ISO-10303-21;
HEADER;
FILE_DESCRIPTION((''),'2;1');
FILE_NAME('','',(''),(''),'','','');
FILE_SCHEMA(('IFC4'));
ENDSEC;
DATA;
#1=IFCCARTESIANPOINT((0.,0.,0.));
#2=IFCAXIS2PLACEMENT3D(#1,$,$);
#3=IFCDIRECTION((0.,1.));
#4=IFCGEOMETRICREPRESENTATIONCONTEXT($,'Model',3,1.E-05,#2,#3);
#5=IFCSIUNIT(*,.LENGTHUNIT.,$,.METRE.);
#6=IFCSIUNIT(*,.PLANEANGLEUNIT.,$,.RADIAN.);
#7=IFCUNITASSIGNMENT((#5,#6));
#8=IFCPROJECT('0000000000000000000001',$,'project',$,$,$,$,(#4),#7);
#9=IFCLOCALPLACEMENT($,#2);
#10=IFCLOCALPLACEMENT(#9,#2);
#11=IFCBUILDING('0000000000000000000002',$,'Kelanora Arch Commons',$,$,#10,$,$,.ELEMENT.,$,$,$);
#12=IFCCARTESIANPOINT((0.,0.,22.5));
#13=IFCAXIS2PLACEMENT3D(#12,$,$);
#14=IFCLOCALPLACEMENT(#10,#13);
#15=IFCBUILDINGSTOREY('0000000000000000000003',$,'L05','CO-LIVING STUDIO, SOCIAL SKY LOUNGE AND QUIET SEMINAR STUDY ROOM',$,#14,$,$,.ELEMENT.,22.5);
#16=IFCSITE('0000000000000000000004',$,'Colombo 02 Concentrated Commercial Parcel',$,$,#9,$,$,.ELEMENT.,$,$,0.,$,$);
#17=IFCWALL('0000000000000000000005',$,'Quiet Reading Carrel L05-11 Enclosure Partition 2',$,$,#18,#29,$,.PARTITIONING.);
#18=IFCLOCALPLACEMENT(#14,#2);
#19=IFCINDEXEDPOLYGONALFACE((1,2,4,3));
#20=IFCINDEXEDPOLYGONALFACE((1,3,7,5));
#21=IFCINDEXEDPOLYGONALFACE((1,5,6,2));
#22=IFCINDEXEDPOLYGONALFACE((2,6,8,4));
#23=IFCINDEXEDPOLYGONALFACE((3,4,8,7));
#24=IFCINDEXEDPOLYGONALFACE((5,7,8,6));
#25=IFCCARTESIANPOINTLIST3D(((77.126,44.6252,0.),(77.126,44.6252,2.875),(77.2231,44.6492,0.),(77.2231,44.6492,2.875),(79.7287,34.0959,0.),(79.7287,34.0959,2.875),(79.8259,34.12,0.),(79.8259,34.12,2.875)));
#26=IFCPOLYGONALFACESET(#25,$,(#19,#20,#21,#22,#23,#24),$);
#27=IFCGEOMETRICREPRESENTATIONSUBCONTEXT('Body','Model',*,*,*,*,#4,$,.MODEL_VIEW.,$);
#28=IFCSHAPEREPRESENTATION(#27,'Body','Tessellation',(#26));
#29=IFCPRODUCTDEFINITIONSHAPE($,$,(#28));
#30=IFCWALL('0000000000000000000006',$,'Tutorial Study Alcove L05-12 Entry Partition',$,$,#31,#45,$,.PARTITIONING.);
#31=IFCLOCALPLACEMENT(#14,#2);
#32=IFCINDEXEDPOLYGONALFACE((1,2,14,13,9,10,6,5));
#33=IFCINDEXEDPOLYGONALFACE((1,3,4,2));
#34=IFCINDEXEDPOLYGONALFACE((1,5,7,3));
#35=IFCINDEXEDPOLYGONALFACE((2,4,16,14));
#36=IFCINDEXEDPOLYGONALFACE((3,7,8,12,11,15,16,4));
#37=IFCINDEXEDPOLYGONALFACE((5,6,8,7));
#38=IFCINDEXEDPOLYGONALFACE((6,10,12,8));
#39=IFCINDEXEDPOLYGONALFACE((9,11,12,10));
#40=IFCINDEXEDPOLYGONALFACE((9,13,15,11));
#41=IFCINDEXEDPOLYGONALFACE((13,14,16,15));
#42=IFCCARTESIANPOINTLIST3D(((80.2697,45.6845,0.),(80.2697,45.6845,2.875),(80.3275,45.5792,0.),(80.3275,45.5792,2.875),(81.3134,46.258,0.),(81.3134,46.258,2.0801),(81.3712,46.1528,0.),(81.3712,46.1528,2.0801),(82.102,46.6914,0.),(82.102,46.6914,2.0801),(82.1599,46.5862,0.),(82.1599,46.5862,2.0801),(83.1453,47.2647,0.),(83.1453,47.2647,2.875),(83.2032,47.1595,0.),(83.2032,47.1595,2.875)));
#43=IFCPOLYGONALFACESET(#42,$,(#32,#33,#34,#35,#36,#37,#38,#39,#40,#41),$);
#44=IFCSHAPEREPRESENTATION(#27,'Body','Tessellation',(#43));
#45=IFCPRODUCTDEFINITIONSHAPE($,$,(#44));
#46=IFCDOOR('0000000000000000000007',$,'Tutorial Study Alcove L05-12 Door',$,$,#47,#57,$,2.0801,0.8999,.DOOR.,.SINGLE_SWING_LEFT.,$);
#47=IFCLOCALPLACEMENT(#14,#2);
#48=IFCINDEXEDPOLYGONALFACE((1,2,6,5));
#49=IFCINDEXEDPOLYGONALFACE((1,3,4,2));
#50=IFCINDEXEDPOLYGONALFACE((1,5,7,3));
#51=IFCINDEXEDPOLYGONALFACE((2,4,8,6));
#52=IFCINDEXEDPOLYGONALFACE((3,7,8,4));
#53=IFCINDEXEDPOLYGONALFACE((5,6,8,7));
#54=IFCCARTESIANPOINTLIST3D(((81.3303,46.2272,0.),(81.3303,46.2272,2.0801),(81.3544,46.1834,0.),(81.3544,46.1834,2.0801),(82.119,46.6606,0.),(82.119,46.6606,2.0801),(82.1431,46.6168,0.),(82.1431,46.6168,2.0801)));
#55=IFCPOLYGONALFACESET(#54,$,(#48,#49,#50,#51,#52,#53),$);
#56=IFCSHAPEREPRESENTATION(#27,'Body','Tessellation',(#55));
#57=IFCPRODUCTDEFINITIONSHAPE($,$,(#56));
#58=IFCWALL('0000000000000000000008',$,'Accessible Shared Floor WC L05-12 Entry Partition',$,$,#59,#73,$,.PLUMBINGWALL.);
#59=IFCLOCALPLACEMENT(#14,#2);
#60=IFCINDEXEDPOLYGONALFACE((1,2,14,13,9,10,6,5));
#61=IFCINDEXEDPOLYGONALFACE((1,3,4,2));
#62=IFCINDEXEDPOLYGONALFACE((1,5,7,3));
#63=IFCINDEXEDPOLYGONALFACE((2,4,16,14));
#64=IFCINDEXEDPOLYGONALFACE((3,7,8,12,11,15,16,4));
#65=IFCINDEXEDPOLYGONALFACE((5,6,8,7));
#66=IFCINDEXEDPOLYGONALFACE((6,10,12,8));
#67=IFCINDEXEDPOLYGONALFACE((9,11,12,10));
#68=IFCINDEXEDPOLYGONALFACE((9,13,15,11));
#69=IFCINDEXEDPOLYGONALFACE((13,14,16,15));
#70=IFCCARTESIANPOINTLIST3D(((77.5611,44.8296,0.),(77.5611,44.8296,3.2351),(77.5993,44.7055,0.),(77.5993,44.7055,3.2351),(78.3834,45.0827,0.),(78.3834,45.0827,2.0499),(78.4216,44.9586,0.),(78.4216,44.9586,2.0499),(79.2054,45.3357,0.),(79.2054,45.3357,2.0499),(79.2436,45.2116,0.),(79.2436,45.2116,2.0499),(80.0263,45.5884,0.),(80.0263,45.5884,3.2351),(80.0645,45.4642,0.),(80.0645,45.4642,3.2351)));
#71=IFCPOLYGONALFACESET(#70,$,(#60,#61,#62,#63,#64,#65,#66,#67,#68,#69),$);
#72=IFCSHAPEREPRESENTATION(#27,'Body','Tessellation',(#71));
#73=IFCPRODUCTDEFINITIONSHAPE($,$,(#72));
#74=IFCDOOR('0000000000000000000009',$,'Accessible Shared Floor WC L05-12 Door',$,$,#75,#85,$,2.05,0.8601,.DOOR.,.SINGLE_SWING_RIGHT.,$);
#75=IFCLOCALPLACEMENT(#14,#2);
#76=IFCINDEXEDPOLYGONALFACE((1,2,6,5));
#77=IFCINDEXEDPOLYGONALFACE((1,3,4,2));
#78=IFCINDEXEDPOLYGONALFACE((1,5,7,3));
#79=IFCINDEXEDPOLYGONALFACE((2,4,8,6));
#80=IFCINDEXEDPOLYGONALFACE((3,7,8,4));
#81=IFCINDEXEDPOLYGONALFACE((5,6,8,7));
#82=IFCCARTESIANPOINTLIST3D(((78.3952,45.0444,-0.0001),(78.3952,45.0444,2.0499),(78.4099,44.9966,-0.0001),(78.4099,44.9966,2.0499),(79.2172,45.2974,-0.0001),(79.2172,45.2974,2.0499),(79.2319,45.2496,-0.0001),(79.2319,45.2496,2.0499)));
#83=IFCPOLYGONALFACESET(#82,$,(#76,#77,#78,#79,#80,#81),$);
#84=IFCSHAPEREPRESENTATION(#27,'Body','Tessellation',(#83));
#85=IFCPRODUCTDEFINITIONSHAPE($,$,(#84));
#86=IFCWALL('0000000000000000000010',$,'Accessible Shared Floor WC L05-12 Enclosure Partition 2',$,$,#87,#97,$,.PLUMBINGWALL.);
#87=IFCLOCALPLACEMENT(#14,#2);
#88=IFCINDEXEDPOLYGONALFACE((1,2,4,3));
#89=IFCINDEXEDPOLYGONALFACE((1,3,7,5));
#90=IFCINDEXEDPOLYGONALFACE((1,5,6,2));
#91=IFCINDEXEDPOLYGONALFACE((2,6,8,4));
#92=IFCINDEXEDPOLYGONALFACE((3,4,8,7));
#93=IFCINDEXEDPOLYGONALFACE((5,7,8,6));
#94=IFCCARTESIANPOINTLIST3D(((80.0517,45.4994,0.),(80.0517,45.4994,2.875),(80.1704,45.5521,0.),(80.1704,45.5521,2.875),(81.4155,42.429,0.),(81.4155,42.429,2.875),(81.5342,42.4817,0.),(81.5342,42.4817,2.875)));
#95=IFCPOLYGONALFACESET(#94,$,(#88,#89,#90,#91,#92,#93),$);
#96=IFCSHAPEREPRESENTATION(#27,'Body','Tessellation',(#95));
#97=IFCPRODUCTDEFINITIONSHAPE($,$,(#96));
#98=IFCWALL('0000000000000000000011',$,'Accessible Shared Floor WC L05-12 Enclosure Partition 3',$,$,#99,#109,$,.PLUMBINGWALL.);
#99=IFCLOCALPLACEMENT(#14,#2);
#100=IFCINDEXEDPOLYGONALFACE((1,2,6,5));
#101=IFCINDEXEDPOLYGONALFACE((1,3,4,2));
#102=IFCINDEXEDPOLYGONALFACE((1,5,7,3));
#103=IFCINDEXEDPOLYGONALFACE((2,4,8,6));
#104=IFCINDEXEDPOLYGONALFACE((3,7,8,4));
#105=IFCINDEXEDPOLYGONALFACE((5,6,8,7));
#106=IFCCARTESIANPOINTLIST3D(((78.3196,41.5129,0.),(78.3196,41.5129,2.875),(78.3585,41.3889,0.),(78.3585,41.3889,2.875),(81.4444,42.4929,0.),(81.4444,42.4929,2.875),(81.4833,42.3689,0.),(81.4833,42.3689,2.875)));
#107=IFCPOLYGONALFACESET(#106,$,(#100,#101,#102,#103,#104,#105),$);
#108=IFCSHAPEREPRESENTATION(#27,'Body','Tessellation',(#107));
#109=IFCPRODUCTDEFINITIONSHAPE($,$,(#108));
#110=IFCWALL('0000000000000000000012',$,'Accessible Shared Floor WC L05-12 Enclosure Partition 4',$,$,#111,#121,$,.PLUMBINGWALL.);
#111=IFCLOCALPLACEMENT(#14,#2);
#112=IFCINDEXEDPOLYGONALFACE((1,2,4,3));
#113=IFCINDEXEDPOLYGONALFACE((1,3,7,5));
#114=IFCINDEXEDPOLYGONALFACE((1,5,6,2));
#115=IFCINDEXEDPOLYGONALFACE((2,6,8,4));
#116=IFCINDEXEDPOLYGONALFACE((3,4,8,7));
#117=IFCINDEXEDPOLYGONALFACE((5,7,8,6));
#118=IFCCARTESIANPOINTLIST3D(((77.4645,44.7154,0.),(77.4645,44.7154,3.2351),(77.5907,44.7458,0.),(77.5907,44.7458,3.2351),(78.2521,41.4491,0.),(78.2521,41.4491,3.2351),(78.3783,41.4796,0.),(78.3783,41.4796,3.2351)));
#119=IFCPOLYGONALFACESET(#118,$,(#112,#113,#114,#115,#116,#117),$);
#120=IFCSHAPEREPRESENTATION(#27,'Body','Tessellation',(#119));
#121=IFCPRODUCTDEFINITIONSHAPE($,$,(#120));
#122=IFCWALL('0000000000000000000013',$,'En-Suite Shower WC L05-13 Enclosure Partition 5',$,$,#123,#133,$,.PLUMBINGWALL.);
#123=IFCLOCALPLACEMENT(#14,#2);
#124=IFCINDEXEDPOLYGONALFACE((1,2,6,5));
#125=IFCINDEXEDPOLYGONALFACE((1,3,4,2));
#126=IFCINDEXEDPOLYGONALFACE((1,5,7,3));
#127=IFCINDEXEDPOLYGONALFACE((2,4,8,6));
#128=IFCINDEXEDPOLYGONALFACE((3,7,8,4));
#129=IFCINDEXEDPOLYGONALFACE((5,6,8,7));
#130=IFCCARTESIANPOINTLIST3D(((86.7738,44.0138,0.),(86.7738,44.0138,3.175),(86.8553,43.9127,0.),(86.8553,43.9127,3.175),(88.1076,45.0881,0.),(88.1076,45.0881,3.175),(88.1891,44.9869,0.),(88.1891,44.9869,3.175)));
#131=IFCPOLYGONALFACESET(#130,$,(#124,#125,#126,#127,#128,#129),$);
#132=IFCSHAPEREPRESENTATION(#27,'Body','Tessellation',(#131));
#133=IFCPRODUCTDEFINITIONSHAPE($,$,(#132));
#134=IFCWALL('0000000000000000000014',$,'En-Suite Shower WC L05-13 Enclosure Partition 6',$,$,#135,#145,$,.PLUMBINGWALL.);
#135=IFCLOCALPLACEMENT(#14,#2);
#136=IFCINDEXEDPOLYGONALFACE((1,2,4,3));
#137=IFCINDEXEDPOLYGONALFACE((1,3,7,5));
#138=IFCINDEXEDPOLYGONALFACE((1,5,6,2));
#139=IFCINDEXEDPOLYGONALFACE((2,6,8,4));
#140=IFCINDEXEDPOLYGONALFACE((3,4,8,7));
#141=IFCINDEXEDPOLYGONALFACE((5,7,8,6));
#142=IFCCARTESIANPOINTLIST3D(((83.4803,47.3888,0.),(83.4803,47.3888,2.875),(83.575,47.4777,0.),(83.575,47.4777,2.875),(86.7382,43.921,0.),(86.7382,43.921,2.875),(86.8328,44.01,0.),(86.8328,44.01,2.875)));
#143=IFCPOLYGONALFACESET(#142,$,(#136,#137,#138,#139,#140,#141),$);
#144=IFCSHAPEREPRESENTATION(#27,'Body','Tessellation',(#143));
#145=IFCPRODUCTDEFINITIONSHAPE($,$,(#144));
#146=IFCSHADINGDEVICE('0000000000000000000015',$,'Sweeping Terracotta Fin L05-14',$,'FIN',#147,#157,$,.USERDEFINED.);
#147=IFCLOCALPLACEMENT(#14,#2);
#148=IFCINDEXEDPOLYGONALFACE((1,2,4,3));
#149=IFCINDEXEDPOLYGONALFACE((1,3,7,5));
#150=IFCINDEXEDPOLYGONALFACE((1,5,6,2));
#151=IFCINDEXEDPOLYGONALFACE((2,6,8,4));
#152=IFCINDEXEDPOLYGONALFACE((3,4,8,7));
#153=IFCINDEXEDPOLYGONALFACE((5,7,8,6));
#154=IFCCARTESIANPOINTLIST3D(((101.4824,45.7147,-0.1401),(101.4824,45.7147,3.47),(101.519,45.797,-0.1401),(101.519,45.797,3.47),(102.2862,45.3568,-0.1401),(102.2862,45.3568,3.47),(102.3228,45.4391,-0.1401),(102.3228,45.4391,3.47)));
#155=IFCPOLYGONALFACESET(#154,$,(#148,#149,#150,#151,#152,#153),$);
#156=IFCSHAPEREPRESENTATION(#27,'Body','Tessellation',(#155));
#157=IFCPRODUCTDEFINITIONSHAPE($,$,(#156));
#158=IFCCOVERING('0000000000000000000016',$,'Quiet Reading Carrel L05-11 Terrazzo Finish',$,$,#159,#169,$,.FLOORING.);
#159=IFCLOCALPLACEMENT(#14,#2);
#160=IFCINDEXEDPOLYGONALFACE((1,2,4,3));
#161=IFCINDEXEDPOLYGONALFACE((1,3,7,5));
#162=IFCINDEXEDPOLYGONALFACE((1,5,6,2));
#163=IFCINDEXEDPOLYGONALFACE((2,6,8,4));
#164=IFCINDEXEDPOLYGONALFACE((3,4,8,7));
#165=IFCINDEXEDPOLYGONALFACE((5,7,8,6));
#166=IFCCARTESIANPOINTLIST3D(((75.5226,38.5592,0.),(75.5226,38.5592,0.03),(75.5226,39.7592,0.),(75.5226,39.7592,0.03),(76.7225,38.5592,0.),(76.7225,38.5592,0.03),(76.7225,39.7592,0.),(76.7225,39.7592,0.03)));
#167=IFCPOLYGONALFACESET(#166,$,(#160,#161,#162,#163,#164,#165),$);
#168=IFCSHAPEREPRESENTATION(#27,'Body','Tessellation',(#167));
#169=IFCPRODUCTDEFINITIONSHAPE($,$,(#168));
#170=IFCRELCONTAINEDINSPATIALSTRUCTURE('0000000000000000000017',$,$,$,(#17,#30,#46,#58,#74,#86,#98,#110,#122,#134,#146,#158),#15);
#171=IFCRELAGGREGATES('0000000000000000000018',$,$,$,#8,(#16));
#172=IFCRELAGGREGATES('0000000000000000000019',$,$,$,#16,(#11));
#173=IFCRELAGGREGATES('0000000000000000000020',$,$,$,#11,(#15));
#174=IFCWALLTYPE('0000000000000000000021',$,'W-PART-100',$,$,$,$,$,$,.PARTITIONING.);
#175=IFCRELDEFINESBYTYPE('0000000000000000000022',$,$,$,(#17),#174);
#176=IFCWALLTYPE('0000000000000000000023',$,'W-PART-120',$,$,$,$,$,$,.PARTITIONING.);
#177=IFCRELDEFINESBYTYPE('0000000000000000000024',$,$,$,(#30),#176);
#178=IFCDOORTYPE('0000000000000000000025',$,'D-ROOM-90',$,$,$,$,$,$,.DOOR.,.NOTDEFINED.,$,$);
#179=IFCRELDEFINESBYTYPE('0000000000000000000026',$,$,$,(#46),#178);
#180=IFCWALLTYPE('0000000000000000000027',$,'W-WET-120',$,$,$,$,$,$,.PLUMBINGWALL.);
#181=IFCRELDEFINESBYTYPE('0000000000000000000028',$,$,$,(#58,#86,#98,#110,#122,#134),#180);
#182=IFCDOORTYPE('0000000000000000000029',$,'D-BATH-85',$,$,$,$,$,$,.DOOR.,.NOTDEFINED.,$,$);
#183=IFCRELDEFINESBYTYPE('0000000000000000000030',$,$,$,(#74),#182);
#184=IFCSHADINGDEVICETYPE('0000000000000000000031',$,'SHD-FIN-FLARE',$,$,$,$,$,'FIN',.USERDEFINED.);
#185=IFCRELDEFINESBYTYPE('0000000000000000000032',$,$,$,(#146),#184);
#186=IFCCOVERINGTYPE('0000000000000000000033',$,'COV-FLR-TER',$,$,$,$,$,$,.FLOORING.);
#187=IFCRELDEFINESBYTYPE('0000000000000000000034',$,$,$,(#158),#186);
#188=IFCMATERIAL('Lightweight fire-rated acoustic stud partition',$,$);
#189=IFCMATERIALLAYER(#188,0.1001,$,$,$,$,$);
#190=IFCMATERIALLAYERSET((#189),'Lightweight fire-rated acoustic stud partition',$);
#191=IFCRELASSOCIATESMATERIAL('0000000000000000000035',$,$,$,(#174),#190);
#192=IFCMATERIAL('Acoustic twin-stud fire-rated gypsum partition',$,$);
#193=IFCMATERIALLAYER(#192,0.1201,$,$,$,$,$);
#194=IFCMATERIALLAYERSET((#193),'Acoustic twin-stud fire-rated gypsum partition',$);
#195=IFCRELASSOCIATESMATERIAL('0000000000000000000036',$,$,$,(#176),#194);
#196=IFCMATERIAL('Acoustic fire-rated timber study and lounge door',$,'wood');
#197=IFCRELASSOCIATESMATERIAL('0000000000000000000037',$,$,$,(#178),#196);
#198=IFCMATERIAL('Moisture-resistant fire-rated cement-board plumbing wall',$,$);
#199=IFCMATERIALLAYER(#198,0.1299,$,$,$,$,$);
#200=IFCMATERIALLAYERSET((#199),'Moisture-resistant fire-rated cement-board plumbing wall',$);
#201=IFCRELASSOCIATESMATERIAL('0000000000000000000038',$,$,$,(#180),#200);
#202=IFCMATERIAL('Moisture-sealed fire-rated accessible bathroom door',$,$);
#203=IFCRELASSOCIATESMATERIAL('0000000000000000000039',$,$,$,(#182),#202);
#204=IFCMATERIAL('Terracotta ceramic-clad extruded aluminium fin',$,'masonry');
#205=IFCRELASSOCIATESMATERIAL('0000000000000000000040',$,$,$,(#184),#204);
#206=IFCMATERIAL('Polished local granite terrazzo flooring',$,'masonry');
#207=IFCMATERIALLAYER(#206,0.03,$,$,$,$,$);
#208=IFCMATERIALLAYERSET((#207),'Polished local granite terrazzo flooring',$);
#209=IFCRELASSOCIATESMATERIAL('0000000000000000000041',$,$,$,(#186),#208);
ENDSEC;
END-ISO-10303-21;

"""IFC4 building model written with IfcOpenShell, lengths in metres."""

from ifc_helpers import new_model, si_unit, direction, frame, frame_2d, origin, origin_2d, place, context, subcontext, project, spatial, rectangle, extrude, source, transform, mapped, material, layer, layer_set, type_object, element, fill, save


model = new_model("IFC4")

# Units and contexts
model_context = context("Model", 3, precision=1e-05, world=origin(), true_north=direction((0.0, 1.0)))
body_context = subcontext(model_context, "Body", "Model", "MODEL_VIEW")
ifc_project = project(units=[si_unit("LENGTHUNIT", "METRE"), si_unit("PLANEANGLEUNIT", "RADIAN")], contexts=[model_context])

# Site, building, storey
site_placement = place(None, origin())
site = spatial("IfcSite", under=ifc_project, at=site_placement, Name="Colombo 02 Concentrated Commercial Parcel", CompositionType="ELEMENT", RefElevation=0.0)
building_placement = place(site_placement, origin())
building = spatial("IfcBuilding", under=site, at=building_placement, Name="Kelanora Arch Commons", CompositionType="ELEMENT")
storey_placement = place(building_placement, frame((0.0, 0.0, 22.5)))
storey = spatial("IfcBuildingStorey", under=building, at=storey_placement, Name="L05", Description="CO-LIVING STUDIO, SOCIAL SKY LOUNGE AND QUIET SEMINAR STUDY ROOM", CompositionType="ELEMENT", Elevation=22.5)

# Wall
ifc_material_1 = material(Name="Lightweight fire-rated acoustic stud partition")
ifc_layer_1 = layer(ifc_material_1, 0.1001)
ifc_layer_set_1 = layer_set([ifc_layer_1], Name="Lightweight fire-rated acoustic stud partition")
wall_type_1 = type_object("IfcWallType", Name="W-PART-100", PredefinedType="PARTITIONING", material=ifc_layer_set_1)
wall_1_placement = place(storey_placement, frame((77.1746, 44.6372, 0.0), z_axis=(0.0, 0.0, 1.0), x_axis=(0.239971, -0.97078, 0.0)))
element("IfcWall", 1, at=wall_1_placement, inside=storey, type_object=wall_type_1, Name="Quiet Reading Carrel L05-11 Enclosure Partition 2", PredefinedType="PARTITIONING", context=body_context, shape_type="SweptSolid", body=[
    extrude(rectangle(XDim=10.8462, YDim=0.1001, at=frame_2d((5.4231, 0.0))), origin(), (0.0, 0.0, 1.0), 2.875),
])

# Walls, openings, doors
ifc_material_2 = material(Name="Acoustic twin-stud fire-rated gypsum partition")
ifc_layer_2 = layer(ifc_material_2, 0.1201)
ifc_layer_set_2 = layer_set([ifc_layer_2], Name="Acoustic twin-stud fire-rated gypsum partition")
wall_type_2 = type_object("IfcWallType", Name="W-PART-120", PredefinedType="PARTITIONING", material=ifc_layer_set_2)
wall_2_placement = place(storey_placement, frame((80.2986, 45.6318, 0.0), z_axis=(0.0, 0.0, 1.0), x_axis=(0.876387, 0.481607, 0.0)))
wall_2 = element("IfcWall", 2, at=wall_2_placement, inside=storey, type_object=wall_type_2, Name="Tutorial Study Alcove L05-12 Entry Partition", PredefinedType="PARTITIONING", context=body_context, shape_type="SweptSolid", body=[
    extrude(rectangle(XDim=3.2812, YDim=0.1201, at=frame_2d((1.6406, 0.0))), origin(), (0.0, 0.0, 1.0), 2.875),
])
opening_1_placement = place(wall_2_placement, frame((1.1909, 0.0, 0.0)))
opening_1 = element("IfcOpeningElement", 3, at=opening_1_placement, cuts=wall_2, PredefinedType="OPENING", context=body_context, shape_type="SweptSolid", body=[
    extrude(rectangle(XDim=0.8999, YDim=2.0801, at=frame_2d((0.45, 1.04))), frame((0.0, 0.0701, 0.0), z_axis=(0.0, -1.0, 0.0), x_axis=(1.0, 0.0, 0.0)), (0.0, 0.0, 1.0), 0.1401),
])
ifc_material_3 = material(Name="Acoustic fire-rated timber study and lounge door", Category="wood")
door_type_1 = type_object("IfcDoorType", Name="D-ROOM-90", OperationType="NOTDEFINED", PredefinedType="DOOR", material=ifc_material_3)
door_1_placement = place(opening_1_placement, origin())
door_1 = element("IfcDoor", 4, at=door_1_placement, inside=storey, type_object=door_type_1, Name="Tutorial Study Alcove L05-12 Door", OperationType="SINGLE_SWING_LEFT", OverallHeight=2.0801, OverallWidth=0.8999, PredefinedType="DOOR", context=body_context, shape_type="SweptSolid", body=[
    extrude(rectangle(XDim=0.8999, YDim=2.0801, at=frame_2d((0.45, 1.04))), frame((0.0, 0.0249, 0.0), z_axis=(0.0, -1.0, 0.0), x_axis=(1.0, 0.0, 0.0)), (0.0, 0.0, 1.0), 0.05),
])
fill(opening_1, door_1)
ifc_material_4 = material(Name="Moisture-resistant fire-rated cement-board plumbing wall")
ifc_layer_3 = layer(ifc_material_4, 0.1299)
ifc_layer_set_3 = layer_set([ifc_layer_3], Name="Moisture-resistant fire-rated cement-board plumbing wall")
wall_type_3 = type_object("IfcWallType", Name="W-WET-120", PredefinedType="PLUMBINGWALL", material=ifc_layer_set_3)
wall_3_placement = place(storey_placement, frame((77.5803, 44.7676, 0.0), z_axis=(0.0, 0.0, 1.0), x_axis=(0.955754, 0.294166, 0.0)))
wall_3 = element("IfcWall", 5, at=wall_3_placement, inside=storey, type_object=wall_type_3, Name="Accessible Shared Floor WC L05-12 Entry Partition", PredefinedType="PLUMBINGWALL", context=body_context, shape_type="SweptSolid", body=[
    extrude(rectangle(XDim=2.5793, YDim=0.1299, at=frame_2d((1.2896, 0.0))), origin(), (0.0, 0.0, 1.0), 3.2351),
])
opening_2_placement = place(wall_3_placement, frame((0.8601, 0.0, 0.0)))
opening_2 = element("IfcOpeningElement", 6, at=opening_2_placement, cuts=wall_3, PredefinedType="OPENING", context=body_context, shape_type="SweptSolid", body=[
    extrude(rectangle(XDim=0.8601, YDim=2.05, at=frame_2d((0.4302, 1.0249))), frame((0.0, 0.075, 0.0), z_axis=(0.0, -1.0, 0.0), x_axis=(1.0, 0.0, 0.0)), (0.0, 0.0, 1.0), 0.1499),
])
ifc_material_5 = material(Name="Moisture-sealed fire-rated accessible bathroom door")
door_type_2 = type_object("IfcDoorType", Name="D-BATH-85", OperationType="NOTDEFINED", PredefinedType="DOOR", material=ifc_material_5)
door_2_placement = place(opening_2_placement, origin())
door_2 = element("IfcDoor", 7, at=door_2_placement, inside=storey, type_object=door_type_2, Name="Accessible Shared Floor WC L05-12 Door", OperationType="SINGLE_SWING_RIGHT", OverallHeight=2.05, OverallWidth=0.8601, PredefinedType="DOOR", context=body_context, shape_type="SweptSolid", body=[
    extrude(rectangle(XDim=0.8601, YDim=2.05, at=frame_2d((0.4302, 1.0249))), frame((0.0, 0.0249, 0.0), z_axis=(0.0, -1.0, 0.0), x_axis=(1.0, 0.0, 0.0)), (0.0, 0.0, 1.0), 0.05),
])
fill(opening_2, door_2)

# Walls
wall_4_placement = place(storey_placement, frame((80.1111, 45.5256, 0.0), z_axis=(0.0, 0.0, 1.0), x_axis=(0.405936, -0.913901, 0.0)))
element("IfcWall", 8, at=wall_4_placement, inside=storey, type_object=wall_type_3, Name="Accessible Shared Floor WC L05-12 Enclosure Partition 2", PredefinedType="PLUMBINGWALL", context=body_context, shape_type="SweptSolid", body=[
    extrude(rectangle(XDim=3.3596, YDim=0.1299, at=frame_2d((1.6797, 0.0))), origin(), (0.0, 0.0, 1.0), 2.875),
])
wall_5_placement = place(storey_placement, frame((81.4639, 42.4309, 0.0), z_axis=(0.0, 0.0, 1.0), x_axis=(-0.954176, -0.299247, 0.0)))
element("IfcWall", 9, at=wall_5_placement, inside=storey, type_object=wall_type_3, Name="Accessible Shared Floor WC L05-12 Enclosure Partition 3", PredefinedType="PLUMBINGWALL", context=body_context, shape_type="SweptSolid", body=[
    extrude(rectangle(XDim=3.2749, YDim=0.1299, at=frame_2d((1.6375, 0.0))), origin(), (0.0, 0.0, 1.0), 2.875),
])
wall_6_placement = place(storey_placement, frame((78.3152, 41.4644, 0.0), z_axis=(0.0, 0.0, 1.0), x_axis=(-0.234406, 0.972139, 0.0)))
element("IfcWall", 10, at=wall_6_placement, inside=storey, type_object=wall_type_3, Name="Accessible Shared Floor WC L05-12 Enclosure Partition 4", PredefinedType="PLUMBINGWALL", context=body_context, shape_type="SweptSolid", body=[
    extrude(rectangle(XDim=3.3599, YDim=0.1299, at=frame_2d((1.6799, 0.0))), origin(), (0.0, 0.0, 1.0), 3.2351),
])
wall_7_placement = place(storey_placement, frame((88.1484, 45.0376, 0.0), z_axis=(0.0, 0.0, 1.0), x_axis=(-0.778806, -0.627265, 0.0)))
element("IfcWall", 11, at=wall_7_placement, inside=storey, type_object=wall_type_3, Name="En-Suite Shower WC L05-13 Enclosure Partition 5", PredefinedType="PLUMBINGWALL", context=body_context, shape_type="SweptSolid", body=[
    extrude(rectangle(XDim=1.7126, YDim=0.1299, at=frame_2d((0.8564, 0.0))), origin(), (0.0, 0.0, 1.0), 3.175),
])
wall_8_placement = place(storey_placement, frame((86.7854, 43.9656, 0.0), z_axis=(0.0, 0.0, 1.0), x_axis=(-0.684699, 0.728826, 0.0)))
element("IfcWall", 12, at=wall_8_placement, inside=storey, type_object=wall_type_3, Name="En-Suite Shower WC L05-13 Enclosure Partition 6", PredefinedType="PLUMBINGWALL", context=body_context, shape_type="SweptSolid", body=[
    extrude(rectangle(XDim=4.7581, YDim=0.1299, at=frame_2d((2.3789, 0.0))), origin(), (0.0, 0.0, 1.0), 2.875),
])

# Shading device
ifc_material_6 = material(Name="Terracotta ceramic-clad extruded aluminium fin", Category="masonry")
shading_device_type = type_object("IfcShadingDeviceType", Name="SHD-FIN-FLARE", ElementType="FIN", PredefinedType="USERDEFINED", material=ifc_material_6)
shared_shape_1 = source(origin(), body_context, "Body", "SweptSolid", [
    extrude(rectangle(XDim=0.8799, YDim=0.0901, at=origin_2d()), origin(), (0.0, 0.0, 1.0), 3.6101),
])
shading_device_placement = place(storey_placement, frame((101.9026, 45.5769, -0.1401), z_axis=(0.0, 0.0, 1.0), x_axis=(0.913545, -0.406737, 0.0)))
element("IfcShadingDevice", 13, at=shading_device_placement, inside=storey, type_object=shading_device_type, Name="Sweeping Terracotta Fin L05-14", ObjectType="FIN", PredefinedType="USERDEFINED", context=body_context, shape_type="MappedRepresentation", body=[
    mapped(shared_shape_1, transform((0.0, 0.0, 0.0), scale=1.0)),
])

# Covering
ifc_material_7 = material(Name="Polished local granite terrazzo flooring", Category="masonry")
ifc_layer_4 = layer(ifc_material_7, 0.03)
ifc_layer_set_4 = layer_set([ifc_layer_4], Name="Polished local granite terrazzo flooring")
covering_type = type_object("IfcCoveringType", Name="COV-FLR-TER", PredefinedType="FLOORING", material=ifc_layer_set_4)
shared_shape_2 = source(origin(), body_context, "Body", "SweptSolid", [
    extrude(rectangle(XDim=1.2, YDim=1.2, at=origin_2d()), origin(), (0.0, 0.0, 1.0), 0.03),
])
for number, where, z_axis, x_axis, name in (
    (14, (76.1226, 39.1592, 0.0), (0.0, 0.0, 1.0), (1.0, 0.0, 0.0), "Quiet Reading Carrel L05-11 Terrazzo Finish"),
):
    element("IfcCovering", number, at=place(storey_placement, frame(where, z_axis=z_axis, x_axis=x_axis)), inside=storey, type_object=covering_type, Name=name, PredefinedType="FLOORING", context=body_context, shape_type="MappedRepresentation", body=[
        mapped(shared_shape_2, transform((0.0, 0.0, 0.0), scale=1.0)),
    ])

save(model, "model.ifc")
